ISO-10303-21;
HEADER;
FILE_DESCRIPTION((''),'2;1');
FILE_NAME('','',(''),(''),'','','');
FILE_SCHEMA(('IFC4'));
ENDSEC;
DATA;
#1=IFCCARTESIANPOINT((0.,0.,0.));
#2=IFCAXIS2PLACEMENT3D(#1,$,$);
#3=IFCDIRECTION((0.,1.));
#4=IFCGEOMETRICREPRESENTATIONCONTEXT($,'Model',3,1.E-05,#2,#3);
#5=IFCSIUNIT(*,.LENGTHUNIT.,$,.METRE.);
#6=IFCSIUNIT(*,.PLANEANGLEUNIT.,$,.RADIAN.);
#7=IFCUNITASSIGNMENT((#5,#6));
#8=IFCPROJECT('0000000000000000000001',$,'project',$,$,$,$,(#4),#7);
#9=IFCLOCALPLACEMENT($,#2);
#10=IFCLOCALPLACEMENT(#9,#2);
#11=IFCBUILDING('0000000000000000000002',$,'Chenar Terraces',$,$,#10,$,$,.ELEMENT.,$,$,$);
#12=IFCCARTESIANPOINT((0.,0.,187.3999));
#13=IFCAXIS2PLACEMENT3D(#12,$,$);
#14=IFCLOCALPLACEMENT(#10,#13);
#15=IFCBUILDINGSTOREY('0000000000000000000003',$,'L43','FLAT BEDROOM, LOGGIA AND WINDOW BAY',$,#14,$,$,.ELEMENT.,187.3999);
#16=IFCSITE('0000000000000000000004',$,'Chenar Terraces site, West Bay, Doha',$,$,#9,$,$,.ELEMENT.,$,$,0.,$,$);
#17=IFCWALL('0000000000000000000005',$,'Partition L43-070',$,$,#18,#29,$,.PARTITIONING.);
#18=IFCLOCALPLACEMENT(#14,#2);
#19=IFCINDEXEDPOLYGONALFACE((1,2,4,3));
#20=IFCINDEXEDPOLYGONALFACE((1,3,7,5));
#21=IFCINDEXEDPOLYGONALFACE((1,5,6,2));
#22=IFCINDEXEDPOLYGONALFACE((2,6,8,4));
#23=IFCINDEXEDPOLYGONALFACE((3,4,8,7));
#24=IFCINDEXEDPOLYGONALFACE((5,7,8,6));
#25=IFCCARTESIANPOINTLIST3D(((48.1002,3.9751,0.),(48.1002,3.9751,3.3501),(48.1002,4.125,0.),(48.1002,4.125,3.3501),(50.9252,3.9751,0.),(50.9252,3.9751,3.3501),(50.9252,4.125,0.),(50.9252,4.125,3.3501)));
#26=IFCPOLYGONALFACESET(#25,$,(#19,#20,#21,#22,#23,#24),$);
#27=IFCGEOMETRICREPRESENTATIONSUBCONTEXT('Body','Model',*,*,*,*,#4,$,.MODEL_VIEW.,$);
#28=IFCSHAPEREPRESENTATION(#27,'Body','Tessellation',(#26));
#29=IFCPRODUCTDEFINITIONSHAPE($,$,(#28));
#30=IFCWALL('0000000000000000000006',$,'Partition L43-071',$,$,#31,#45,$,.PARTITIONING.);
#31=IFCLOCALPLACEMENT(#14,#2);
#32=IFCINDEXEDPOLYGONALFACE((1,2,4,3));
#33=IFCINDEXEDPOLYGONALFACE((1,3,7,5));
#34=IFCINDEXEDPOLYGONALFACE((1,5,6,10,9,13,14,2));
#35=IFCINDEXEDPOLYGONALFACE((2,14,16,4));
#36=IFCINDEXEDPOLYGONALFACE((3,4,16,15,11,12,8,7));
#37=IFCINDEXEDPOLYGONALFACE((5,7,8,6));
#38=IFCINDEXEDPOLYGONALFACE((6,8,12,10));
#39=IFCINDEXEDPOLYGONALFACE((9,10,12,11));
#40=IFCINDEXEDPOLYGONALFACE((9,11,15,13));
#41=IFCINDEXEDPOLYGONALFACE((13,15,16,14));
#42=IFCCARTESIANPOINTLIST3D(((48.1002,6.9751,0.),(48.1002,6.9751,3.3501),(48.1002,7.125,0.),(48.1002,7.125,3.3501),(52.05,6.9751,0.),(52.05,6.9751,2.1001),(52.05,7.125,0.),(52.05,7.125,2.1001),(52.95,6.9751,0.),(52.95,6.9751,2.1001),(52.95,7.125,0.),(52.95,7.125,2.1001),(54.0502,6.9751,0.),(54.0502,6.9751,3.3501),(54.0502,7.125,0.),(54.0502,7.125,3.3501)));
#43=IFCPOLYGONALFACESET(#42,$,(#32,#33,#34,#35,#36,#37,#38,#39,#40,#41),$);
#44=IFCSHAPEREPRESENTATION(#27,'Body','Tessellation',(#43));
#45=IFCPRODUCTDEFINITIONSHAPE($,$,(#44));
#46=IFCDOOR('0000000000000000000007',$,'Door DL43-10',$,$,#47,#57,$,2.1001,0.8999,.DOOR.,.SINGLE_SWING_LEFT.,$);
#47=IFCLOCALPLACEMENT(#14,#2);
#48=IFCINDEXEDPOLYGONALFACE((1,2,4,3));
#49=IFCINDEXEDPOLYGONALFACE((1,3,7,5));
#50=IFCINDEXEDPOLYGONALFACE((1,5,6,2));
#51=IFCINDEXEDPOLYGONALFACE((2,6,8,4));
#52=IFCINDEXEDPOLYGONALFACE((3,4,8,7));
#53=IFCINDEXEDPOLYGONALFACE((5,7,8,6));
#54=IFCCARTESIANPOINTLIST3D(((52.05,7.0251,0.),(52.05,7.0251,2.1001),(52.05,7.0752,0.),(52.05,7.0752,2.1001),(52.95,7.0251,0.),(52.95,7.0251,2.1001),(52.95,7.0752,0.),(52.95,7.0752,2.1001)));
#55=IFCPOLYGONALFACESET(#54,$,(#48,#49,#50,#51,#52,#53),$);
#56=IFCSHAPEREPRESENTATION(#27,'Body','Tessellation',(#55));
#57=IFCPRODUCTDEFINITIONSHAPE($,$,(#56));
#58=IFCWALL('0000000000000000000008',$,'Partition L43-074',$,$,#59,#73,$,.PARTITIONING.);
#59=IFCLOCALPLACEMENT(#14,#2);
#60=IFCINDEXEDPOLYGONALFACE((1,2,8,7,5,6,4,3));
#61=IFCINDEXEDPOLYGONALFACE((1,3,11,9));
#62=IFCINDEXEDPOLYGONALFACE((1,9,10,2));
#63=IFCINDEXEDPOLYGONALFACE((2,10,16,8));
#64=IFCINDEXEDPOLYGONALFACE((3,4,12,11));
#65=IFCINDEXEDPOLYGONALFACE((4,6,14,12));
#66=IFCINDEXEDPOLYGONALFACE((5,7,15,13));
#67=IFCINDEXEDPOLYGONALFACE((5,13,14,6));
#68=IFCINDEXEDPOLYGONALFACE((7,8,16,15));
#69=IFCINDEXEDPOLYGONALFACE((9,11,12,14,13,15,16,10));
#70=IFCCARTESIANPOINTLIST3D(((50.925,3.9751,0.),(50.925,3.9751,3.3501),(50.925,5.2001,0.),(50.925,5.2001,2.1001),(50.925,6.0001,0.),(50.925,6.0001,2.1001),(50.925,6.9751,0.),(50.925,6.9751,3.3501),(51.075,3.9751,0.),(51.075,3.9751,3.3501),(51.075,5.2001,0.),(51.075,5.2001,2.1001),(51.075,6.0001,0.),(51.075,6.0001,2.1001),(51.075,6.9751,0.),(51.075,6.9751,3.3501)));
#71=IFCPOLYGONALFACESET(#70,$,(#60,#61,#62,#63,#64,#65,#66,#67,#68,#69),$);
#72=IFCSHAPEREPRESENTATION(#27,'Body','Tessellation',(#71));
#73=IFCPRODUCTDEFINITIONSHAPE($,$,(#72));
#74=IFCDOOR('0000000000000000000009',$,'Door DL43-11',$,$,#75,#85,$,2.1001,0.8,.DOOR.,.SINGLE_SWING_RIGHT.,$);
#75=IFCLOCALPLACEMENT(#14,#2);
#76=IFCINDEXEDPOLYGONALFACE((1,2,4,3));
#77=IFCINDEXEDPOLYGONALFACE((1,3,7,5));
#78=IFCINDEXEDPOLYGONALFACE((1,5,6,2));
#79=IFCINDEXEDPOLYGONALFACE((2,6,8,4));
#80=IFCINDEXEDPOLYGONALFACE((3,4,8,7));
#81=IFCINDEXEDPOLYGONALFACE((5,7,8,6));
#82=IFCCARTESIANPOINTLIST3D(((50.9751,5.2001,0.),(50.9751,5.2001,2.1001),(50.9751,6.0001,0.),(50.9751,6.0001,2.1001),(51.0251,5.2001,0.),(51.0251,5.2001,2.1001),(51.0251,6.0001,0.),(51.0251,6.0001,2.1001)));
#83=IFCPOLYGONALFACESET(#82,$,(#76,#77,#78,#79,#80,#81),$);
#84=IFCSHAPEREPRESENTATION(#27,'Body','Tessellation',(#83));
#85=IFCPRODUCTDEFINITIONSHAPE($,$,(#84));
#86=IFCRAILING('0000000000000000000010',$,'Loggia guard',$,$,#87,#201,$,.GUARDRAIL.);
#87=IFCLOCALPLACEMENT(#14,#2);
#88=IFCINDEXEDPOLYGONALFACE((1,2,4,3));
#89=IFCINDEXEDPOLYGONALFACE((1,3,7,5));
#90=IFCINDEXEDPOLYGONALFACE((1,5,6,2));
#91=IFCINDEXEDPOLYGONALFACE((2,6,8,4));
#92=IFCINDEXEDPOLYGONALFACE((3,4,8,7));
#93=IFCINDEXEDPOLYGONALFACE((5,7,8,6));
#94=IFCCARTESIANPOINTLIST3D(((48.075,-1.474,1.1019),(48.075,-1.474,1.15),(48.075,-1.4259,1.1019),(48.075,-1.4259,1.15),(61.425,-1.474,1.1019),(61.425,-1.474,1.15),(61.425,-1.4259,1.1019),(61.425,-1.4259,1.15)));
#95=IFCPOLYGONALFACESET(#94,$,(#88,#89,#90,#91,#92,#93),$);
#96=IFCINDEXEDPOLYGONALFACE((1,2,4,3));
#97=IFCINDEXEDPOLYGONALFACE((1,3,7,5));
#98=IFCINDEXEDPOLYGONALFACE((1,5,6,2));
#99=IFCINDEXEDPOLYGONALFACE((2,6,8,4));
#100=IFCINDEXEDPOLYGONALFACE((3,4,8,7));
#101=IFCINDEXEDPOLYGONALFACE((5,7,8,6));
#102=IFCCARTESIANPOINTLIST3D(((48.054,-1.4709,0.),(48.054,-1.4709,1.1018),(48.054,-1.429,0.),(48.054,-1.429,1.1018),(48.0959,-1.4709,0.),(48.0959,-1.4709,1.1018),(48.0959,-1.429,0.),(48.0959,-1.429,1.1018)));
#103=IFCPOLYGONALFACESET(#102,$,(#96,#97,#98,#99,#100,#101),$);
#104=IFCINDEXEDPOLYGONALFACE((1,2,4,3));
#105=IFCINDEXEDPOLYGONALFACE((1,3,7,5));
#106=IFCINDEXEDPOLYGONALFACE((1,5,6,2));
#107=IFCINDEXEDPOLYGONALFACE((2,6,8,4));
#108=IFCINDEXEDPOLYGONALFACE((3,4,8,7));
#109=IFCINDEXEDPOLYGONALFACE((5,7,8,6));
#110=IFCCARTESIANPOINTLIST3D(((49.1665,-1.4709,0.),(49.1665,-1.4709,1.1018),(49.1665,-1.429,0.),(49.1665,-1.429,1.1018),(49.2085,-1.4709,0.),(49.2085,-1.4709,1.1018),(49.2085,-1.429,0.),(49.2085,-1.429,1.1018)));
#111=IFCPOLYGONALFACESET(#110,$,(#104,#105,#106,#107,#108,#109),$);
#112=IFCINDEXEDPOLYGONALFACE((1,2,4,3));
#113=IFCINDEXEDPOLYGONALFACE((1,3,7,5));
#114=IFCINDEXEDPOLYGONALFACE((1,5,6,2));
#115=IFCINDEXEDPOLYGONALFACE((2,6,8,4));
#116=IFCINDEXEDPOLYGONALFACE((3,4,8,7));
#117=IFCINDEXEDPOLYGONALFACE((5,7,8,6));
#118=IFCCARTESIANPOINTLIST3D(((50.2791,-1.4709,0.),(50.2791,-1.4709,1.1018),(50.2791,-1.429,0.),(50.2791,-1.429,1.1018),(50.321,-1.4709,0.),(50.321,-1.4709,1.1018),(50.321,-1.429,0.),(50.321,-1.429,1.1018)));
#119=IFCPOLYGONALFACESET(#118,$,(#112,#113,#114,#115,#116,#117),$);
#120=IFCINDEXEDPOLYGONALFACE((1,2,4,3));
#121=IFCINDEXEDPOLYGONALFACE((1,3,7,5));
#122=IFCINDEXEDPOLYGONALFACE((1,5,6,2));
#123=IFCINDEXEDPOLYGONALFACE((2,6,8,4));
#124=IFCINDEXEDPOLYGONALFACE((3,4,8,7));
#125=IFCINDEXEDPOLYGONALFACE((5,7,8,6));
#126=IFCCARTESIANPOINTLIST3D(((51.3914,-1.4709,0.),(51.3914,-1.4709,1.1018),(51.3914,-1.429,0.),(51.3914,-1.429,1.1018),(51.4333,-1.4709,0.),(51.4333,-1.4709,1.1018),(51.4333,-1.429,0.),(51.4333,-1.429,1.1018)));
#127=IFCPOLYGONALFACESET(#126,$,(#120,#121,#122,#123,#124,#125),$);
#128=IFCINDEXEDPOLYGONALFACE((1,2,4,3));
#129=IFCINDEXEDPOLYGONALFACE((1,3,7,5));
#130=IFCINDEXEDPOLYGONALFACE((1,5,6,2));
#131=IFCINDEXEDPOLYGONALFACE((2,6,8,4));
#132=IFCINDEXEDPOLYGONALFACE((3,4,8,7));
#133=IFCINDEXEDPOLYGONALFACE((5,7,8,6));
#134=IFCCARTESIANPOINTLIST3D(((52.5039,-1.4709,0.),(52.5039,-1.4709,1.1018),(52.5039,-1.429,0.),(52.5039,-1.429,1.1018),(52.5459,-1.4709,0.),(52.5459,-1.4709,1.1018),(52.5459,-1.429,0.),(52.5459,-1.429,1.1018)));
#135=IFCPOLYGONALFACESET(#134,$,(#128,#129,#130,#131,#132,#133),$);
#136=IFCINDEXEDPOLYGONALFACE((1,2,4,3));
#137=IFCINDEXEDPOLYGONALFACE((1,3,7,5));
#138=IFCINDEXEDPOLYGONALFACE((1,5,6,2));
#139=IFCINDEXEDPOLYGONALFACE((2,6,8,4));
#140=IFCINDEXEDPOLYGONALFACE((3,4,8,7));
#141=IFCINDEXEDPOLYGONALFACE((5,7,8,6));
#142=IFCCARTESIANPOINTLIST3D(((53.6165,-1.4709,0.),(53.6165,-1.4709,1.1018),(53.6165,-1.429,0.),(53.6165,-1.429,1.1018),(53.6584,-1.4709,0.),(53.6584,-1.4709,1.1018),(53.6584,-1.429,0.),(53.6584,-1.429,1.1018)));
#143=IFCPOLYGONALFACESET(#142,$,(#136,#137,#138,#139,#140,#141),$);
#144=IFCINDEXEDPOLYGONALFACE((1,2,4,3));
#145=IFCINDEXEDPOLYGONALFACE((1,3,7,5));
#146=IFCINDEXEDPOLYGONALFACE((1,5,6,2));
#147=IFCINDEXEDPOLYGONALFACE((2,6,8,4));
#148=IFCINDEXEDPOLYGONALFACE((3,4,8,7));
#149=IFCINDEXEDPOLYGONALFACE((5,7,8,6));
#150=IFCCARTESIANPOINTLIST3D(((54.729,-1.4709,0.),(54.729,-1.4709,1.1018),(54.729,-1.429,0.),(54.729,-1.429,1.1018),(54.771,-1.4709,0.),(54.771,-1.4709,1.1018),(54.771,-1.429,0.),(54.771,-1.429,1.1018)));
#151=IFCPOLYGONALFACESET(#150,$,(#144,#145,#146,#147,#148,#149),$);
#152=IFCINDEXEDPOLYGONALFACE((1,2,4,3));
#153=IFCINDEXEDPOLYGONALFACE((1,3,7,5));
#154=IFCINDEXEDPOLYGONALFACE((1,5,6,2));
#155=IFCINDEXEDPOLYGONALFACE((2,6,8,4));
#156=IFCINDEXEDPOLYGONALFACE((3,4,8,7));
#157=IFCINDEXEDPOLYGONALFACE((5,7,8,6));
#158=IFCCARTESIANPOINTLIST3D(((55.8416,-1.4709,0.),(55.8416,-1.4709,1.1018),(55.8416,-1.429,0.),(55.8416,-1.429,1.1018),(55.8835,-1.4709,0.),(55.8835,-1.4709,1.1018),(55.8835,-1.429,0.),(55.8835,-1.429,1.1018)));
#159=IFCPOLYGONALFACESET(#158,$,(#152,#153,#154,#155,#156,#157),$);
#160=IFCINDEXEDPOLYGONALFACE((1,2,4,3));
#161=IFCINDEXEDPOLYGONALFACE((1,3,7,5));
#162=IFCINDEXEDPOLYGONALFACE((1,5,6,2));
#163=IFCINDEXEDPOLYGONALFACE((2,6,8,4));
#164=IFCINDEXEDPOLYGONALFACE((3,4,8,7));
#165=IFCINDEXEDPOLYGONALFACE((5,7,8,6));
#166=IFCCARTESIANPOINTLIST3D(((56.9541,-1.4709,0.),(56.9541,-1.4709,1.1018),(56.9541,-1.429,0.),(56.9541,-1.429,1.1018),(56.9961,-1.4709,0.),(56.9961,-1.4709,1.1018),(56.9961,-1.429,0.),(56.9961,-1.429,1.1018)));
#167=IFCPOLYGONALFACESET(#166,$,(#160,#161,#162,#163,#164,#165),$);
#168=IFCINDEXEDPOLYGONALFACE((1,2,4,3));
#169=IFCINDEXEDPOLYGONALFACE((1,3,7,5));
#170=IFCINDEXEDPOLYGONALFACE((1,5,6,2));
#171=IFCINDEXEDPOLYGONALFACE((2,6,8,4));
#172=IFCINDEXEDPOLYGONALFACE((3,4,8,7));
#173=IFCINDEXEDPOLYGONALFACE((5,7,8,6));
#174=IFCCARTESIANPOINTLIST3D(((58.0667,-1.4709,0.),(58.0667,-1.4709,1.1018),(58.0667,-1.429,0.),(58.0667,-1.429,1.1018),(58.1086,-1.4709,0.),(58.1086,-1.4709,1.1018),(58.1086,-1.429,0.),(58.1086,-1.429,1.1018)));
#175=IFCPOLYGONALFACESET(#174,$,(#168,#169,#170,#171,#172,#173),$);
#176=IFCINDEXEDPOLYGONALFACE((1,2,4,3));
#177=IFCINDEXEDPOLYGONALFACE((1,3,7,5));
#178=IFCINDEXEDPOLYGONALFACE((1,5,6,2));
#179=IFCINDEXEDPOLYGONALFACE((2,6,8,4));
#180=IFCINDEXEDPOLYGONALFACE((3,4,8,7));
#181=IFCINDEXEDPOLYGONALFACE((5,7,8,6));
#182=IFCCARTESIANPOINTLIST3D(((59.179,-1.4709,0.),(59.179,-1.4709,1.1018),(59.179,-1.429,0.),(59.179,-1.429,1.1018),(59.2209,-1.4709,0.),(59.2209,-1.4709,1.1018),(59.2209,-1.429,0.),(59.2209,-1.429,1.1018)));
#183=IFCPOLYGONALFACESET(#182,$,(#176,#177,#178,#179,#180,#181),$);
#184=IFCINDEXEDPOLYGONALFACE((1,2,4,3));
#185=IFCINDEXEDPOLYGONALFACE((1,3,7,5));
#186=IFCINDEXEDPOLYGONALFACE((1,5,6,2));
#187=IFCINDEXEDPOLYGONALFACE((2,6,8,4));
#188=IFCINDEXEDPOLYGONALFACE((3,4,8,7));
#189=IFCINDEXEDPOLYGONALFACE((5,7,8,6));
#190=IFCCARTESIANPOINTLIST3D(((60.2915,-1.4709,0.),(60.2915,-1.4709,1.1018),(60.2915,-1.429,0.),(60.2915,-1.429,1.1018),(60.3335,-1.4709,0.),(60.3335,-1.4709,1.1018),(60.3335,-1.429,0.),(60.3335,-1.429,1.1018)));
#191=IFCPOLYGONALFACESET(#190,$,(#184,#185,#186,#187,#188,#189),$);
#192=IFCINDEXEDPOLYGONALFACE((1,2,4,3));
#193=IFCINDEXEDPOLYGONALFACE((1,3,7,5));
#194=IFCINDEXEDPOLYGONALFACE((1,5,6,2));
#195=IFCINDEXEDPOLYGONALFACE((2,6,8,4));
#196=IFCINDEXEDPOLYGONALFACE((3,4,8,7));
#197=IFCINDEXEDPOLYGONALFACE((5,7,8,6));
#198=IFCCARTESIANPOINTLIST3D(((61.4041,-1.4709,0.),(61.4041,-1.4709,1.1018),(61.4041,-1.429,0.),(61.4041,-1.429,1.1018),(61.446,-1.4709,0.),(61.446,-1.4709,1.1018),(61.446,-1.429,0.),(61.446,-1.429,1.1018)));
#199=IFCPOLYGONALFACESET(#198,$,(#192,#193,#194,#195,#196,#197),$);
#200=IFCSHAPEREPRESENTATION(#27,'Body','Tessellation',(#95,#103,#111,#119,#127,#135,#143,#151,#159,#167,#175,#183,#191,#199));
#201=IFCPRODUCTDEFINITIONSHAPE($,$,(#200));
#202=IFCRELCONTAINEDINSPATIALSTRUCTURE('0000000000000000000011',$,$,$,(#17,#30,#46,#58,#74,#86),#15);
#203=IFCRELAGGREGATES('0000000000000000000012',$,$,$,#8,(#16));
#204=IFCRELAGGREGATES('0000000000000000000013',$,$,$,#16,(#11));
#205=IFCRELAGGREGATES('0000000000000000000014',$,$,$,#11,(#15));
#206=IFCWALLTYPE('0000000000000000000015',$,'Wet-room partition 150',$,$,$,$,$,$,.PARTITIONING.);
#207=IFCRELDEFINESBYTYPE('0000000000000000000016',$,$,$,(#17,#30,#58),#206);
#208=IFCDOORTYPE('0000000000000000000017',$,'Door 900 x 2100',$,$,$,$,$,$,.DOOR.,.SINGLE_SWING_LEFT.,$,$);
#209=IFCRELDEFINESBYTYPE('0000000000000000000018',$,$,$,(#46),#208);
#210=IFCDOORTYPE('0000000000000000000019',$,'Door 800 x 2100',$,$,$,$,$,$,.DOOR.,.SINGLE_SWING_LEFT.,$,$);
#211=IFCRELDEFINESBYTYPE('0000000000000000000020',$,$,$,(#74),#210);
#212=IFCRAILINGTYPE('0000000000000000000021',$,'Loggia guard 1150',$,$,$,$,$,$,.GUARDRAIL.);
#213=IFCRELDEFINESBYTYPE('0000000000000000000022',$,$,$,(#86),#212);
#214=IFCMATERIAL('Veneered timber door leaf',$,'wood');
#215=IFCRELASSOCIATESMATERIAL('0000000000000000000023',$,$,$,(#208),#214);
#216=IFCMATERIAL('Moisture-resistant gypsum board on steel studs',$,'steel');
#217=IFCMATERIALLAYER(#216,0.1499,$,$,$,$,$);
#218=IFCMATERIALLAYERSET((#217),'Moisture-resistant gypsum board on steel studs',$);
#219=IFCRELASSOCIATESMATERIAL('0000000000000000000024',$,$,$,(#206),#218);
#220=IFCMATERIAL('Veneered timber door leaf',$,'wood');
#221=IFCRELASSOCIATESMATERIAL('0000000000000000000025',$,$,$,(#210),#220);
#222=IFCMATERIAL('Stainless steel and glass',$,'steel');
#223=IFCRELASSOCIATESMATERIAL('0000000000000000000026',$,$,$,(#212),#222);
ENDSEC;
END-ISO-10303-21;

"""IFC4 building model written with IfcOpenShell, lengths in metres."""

from ifc_helpers import new_model, si_unit, direction, frame, frame_2d, origin, origin_2d, place, context, subcontext, project, spatial, rectangle, extrude, material, layer, layer_set, type_object, element, fill, save


model = new_model("IFC4")

# Units and contexts
model_context = context("Model", 3, precision=1e-05, world=origin(), true_north=direction((0.0, 1.0)))
body_context = subcontext(model_context, "Body", "Model", "MODEL_VIEW")
ifc_project = project(units=[si_unit("LENGTHUNIT", "METRE"), si_unit("PLANEANGLEUNIT", "RADIAN")], contexts=[model_context])

# Site, building, storey
site_placement = place(None, origin())
site = spatial("IfcSite", under=ifc_project, at=site_placement, Name="Chenar Terraces site, West Bay, Doha", CompositionType="ELEMENT", RefElevation=0.0)
building_placement = place(site_placement, origin())
building = spatial("IfcBuilding", under=site, at=building_placement, Name="Chenar Terraces", CompositionType="ELEMENT")
storey_placement = place(building_placement, frame((0.0, 0.0, 187.3999)))
storey = spatial("IfcBuildingStorey", under=building, at=storey_placement, Name="L43", Description="FLAT BEDROOM, LOGGIA AND WINDOW BAY", CompositionType="ELEMENT", Elevation=187.3999)

# Shared definitions
ifc_material_1 = material(Name="Veneered timber door leaf", Category="wood")
door_type_1 = type_object("IfcDoorType", Name="Door 900 x 2100", OperationType="SINGLE_SWING_LEFT", PredefinedType="DOOR", material=ifc_material_1)

# Wall
ifc_material_2 = material(Name="Moisture-resistant gypsum board on steel studs", Category="steel")
ifc_layer_1 = layer(ifc_material_2, 0.1499)
ifc_layer_set_1 = layer_set([ifc_layer_1], Name="Moisture-resistant gypsum board on steel studs")
wall_type_1 = type_object("IfcWallType", Name="Wet-room partition 150", PredefinedType="PARTITIONING", material=ifc_layer_set_1)
wall_1_placement = place(storey_placement, frame((48.1001, 4.05, 0.0), z_axis=(0.0, 0.0, 1.0), x_axis=(1.0, 0.0, 0.0)))
element("IfcWall", 1, at=wall_1_placement, inside=storey, type_object=wall_type_1, Name="Partition L43-070", PredefinedType="PARTITIONING", context=body_context, shape_type="SweptSolid", body=[
    extrude(rectangle(XDim=2.825, YDim=0.1499, at=frame_2d((1.4126, 0.0))), origin(), (0.0, 0.0, 1.0), 3.3501),
])

# Walls, openings, doors
wall_2_placement = place(storey_placement, frame((48.1001, 7.05, 0.0), z_axis=(0.0, 0.0, 1.0), x_axis=(1.0, 0.0, 0.0)))
wall_2 = element("IfcWall", 2, at=wall_2_placement, inside=storey, type_object=wall_type_1, Name="Partition L43-071", PredefinedType="PARTITIONING", context=body_context, shape_type="SweptSolid", body=[
    extrude(rectangle(XDim=5.95, YDim=0.1499, at=frame_2d((2.9751, 0.0))), origin(), (0.0, 0.0, 1.0), 3.3501),
])
opening_1_placement = place(wall_2_placement, frame((3.95, 0.0, 0.0)))
opening_1 = element("IfcOpeningElement", 3, at=opening_1_placement, cuts=wall_2, PredefinedType="OPENING", context=body_context, shape_type="SweptSolid", body=[
    extrude(rectangle(XDim=0.8999, YDim=2.1001, at=frame_2d((0.45, 1.05))), frame((0.0, 0.085, 0.0), z_axis=(0.0, -1.0, 0.0), x_axis=(1.0, 0.0, 0.0)), (0.0, 0.0, 1.0), 0.1699),
])
door_1_placement = place(opening_1_placement, frame((0.8999, 0.0, 0.0), z_axis=(0.0, 0.0, 1.0), x_axis=(-1.0, 0.0, 0.0)))
door_1 = element("IfcDoor", 4, at=door_1_placement, inside=storey, type_object=door_type_1, Name="Door DL43-10", OperationType="SINGLE_SWING_LEFT", OverallHeight=2.1001, OverallWidth=0.8999, PredefinedType="DOOR", context=body_context, shape_type="SweptSolid", body=[
    extrude(rectangle(XDim=0.8999, YDim=2.1001, at=frame_2d((0.45, 1.05))), frame((0.0, 0.0249, 0.0), z_axis=(0.0, -1.0, 0.0), x_axis=(1.0, 0.0, 0.0)), (0.0, 0.0, 1.0), 0.05),
])
fill(opening_1, door_1)
wall_3_placement = place(storey_placement, frame((51.0, 3.9751, 0.0), z_axis=(0.0, 0.0, 1.0), x_axis=(0.0, 1.0, 0.0)))
wall_3 = element("IfcWall", 5, at=wall_3_placement, inside=storey, type_object=wall_type_1, Name="Partition L43-074", PredefinedType="PARTITIONING", context=body_context, shape_type="SweptSolid", body=[
    extrude(rectangle(XDim=3.0, YDim=0.1499, at=frame_2d((1.5, 0.0))), origin(), (0.0, 0.0, 1.0), 3.3501),
])
opening_2_placement = place(wall_3_placement, frame((1.2251, 0.0, 0.0)))
opening_2 = element("IfcOpeningElement", 6, at=opening_2_placement, cuts=wall_3, PredefinedType="OPENING", context=body_context, shape_type="SweptSolid", body=[
    extrude(rectangle(XDim=0.8, YDim=2.1001, at=frame_2d((0.3999, 1.05))), frame((0.0, 0.085, 0.0), z_axis=(0.0, -1.0, 0.0), x_axis=(1.0, 0.0, 0.0)), (0.0, 0.0, 1.0), 0.1699),
])
ifc_material_3 = material(Name="Veneered timber door leaf", Category="wood")
door_type_2 = type_object("IfcDoorType", Name="Door 800 x 2100", OperationType="SINGLE_SWING_LEFT", PredefinedType="DOOR", material=ifc_material_3)
door_2_placement = place(opening_2_placement, origin())
door_2 = element("IfcDoor", 7, at=door_2_placement, inside=storey, type_object=door_type_2, Name="Door DL43-11", OperationType="SINGLE_SWING_RIGHT", OverallHeight=2.1001, OverallWidth=0.8, PredefinedType="DOOR", context=body_context, shape_type="SweptSolid", body=[
    extrude(rectangle(XDim=0.8, YDim=2.1001, at=frame_2d((0.3999, 1.05))), frame((0.0, 0.0249, 0.0), z_axis=(0.0, -1.0, 0.0), x_axis=(1.0, 0.0, 0.0)), (0.0, 0.0, 1.0), 0.05),
])
fill(opening_2, door_2)

# Railing
ifc_material_4 = material(Name="Stainless steel and glass", Category="steel")
railing_type = type_object("IfcRailingType", Name="Loggia guard 1150", PredefinedType="GUARDRAIL", material=ifc_material_4)
railing_placement = place(storey_placement, frame((48.075, -1.45, 0.0)))
element("IfcRailing", 8, at=railing_placement, inside=storey, type_object=railing_type, Name="Loggia guard", PredefinedType="GUARDRAIL", context=body_context, shape_type="SweptSolid", body=[
    extrude(rectangle(XDim=0.0481, YDim=0.0481, at=origin_2d()), frame((0.0, 0.0, 1.126), z_axis=(1.0, 0.0, 0.0), x_axis=(0.0, 1.0, 0.0)), (0.0, 0.0, 1.0), 13.3501),
    extrude(rectangle(XDim=0.042, YDim=0.042, at=origin_2d()), origin(), (0.0, 0.0, 1.0), 1.1018),
    extrude(rectangle(XDim=0.042, YDim=0.042, at=origin_2d()), frame((1.1125, 0.0, 0.0)), (0.0, 0.0, 1.0), 1.1018),
    extrude(rectangle(XDim=0.042, YDim=0.042, at=origin_2d()), frame((2.2251, 0.0, 0.0)), (0.0, 0.0, 1.0), 1.1018),
    extrude(rectangle(XDim=0.042, YDim=0.042, at=origin_2d()), frame((3.3374, 0.0, 0.0)), (0.0, 0.0, 1.0), 1.1018),
    extrude(rectangle(XDim=0.042, YDim=0.042, at=origin_2d()), frame((4.45, 0.0, 0.0)), (0.0, 0.0, 1.0), 1.1018),
    extrude(rectangle(XDim=0.042, YDim=0.042, at=origin_2d()), frame((5.5625, 0.0, 0.0)), (0.0, 0.0, 1.0), 1.1018),
    extrude(rectangle(XDim=0.042, YDim=0.042, at=origin_2d()), frame((6.675, 0.0, 0.0)), (0.0, 0.0, 1.0), 1.1018),
    extrude(rectangle(XDim=0.042, YDim=0.042, at=origin_2d()), frame((7.7876, 0.0, 0.0)), (0.0, 0.0, 1.0), 1.1018),
    extrude(rectangle(XDim=0.042, YDim=0.042, at=origin_2d()), frame((8.9001, 0.0, 0.0)), (0.0, 0.0, 1.0), 1.1018),
    extrude(rectangle(XDim=0.042, YDim=0.042, at=origin_2d()), frame((10.0127, 0.0, 0.0)), (0.0, 0.0, 1.0), 1.1018),
    extrude(rectangle(XDim=0.042, YDim=0.042, at=origin_2d()), frame((11.125, 0.0, 0.0)), (0.0, 0.0, 1.0), 1.1018),
    extrude(rectangle(XDim=0.042, YDim=0.042, at=origin_2d()), frame((12.2375, 0.0, 0.0)), (0.0, 0.0, 1.0), 1.1018),
    extrude(rectangle(XDim=0.042, YDim=0.042, at=origin_2d()), frame((13.3501, 0.0, 0.0)), (0.0, 0.0, 1.0), 1.1018),
])

save(model, "model.ifc")
